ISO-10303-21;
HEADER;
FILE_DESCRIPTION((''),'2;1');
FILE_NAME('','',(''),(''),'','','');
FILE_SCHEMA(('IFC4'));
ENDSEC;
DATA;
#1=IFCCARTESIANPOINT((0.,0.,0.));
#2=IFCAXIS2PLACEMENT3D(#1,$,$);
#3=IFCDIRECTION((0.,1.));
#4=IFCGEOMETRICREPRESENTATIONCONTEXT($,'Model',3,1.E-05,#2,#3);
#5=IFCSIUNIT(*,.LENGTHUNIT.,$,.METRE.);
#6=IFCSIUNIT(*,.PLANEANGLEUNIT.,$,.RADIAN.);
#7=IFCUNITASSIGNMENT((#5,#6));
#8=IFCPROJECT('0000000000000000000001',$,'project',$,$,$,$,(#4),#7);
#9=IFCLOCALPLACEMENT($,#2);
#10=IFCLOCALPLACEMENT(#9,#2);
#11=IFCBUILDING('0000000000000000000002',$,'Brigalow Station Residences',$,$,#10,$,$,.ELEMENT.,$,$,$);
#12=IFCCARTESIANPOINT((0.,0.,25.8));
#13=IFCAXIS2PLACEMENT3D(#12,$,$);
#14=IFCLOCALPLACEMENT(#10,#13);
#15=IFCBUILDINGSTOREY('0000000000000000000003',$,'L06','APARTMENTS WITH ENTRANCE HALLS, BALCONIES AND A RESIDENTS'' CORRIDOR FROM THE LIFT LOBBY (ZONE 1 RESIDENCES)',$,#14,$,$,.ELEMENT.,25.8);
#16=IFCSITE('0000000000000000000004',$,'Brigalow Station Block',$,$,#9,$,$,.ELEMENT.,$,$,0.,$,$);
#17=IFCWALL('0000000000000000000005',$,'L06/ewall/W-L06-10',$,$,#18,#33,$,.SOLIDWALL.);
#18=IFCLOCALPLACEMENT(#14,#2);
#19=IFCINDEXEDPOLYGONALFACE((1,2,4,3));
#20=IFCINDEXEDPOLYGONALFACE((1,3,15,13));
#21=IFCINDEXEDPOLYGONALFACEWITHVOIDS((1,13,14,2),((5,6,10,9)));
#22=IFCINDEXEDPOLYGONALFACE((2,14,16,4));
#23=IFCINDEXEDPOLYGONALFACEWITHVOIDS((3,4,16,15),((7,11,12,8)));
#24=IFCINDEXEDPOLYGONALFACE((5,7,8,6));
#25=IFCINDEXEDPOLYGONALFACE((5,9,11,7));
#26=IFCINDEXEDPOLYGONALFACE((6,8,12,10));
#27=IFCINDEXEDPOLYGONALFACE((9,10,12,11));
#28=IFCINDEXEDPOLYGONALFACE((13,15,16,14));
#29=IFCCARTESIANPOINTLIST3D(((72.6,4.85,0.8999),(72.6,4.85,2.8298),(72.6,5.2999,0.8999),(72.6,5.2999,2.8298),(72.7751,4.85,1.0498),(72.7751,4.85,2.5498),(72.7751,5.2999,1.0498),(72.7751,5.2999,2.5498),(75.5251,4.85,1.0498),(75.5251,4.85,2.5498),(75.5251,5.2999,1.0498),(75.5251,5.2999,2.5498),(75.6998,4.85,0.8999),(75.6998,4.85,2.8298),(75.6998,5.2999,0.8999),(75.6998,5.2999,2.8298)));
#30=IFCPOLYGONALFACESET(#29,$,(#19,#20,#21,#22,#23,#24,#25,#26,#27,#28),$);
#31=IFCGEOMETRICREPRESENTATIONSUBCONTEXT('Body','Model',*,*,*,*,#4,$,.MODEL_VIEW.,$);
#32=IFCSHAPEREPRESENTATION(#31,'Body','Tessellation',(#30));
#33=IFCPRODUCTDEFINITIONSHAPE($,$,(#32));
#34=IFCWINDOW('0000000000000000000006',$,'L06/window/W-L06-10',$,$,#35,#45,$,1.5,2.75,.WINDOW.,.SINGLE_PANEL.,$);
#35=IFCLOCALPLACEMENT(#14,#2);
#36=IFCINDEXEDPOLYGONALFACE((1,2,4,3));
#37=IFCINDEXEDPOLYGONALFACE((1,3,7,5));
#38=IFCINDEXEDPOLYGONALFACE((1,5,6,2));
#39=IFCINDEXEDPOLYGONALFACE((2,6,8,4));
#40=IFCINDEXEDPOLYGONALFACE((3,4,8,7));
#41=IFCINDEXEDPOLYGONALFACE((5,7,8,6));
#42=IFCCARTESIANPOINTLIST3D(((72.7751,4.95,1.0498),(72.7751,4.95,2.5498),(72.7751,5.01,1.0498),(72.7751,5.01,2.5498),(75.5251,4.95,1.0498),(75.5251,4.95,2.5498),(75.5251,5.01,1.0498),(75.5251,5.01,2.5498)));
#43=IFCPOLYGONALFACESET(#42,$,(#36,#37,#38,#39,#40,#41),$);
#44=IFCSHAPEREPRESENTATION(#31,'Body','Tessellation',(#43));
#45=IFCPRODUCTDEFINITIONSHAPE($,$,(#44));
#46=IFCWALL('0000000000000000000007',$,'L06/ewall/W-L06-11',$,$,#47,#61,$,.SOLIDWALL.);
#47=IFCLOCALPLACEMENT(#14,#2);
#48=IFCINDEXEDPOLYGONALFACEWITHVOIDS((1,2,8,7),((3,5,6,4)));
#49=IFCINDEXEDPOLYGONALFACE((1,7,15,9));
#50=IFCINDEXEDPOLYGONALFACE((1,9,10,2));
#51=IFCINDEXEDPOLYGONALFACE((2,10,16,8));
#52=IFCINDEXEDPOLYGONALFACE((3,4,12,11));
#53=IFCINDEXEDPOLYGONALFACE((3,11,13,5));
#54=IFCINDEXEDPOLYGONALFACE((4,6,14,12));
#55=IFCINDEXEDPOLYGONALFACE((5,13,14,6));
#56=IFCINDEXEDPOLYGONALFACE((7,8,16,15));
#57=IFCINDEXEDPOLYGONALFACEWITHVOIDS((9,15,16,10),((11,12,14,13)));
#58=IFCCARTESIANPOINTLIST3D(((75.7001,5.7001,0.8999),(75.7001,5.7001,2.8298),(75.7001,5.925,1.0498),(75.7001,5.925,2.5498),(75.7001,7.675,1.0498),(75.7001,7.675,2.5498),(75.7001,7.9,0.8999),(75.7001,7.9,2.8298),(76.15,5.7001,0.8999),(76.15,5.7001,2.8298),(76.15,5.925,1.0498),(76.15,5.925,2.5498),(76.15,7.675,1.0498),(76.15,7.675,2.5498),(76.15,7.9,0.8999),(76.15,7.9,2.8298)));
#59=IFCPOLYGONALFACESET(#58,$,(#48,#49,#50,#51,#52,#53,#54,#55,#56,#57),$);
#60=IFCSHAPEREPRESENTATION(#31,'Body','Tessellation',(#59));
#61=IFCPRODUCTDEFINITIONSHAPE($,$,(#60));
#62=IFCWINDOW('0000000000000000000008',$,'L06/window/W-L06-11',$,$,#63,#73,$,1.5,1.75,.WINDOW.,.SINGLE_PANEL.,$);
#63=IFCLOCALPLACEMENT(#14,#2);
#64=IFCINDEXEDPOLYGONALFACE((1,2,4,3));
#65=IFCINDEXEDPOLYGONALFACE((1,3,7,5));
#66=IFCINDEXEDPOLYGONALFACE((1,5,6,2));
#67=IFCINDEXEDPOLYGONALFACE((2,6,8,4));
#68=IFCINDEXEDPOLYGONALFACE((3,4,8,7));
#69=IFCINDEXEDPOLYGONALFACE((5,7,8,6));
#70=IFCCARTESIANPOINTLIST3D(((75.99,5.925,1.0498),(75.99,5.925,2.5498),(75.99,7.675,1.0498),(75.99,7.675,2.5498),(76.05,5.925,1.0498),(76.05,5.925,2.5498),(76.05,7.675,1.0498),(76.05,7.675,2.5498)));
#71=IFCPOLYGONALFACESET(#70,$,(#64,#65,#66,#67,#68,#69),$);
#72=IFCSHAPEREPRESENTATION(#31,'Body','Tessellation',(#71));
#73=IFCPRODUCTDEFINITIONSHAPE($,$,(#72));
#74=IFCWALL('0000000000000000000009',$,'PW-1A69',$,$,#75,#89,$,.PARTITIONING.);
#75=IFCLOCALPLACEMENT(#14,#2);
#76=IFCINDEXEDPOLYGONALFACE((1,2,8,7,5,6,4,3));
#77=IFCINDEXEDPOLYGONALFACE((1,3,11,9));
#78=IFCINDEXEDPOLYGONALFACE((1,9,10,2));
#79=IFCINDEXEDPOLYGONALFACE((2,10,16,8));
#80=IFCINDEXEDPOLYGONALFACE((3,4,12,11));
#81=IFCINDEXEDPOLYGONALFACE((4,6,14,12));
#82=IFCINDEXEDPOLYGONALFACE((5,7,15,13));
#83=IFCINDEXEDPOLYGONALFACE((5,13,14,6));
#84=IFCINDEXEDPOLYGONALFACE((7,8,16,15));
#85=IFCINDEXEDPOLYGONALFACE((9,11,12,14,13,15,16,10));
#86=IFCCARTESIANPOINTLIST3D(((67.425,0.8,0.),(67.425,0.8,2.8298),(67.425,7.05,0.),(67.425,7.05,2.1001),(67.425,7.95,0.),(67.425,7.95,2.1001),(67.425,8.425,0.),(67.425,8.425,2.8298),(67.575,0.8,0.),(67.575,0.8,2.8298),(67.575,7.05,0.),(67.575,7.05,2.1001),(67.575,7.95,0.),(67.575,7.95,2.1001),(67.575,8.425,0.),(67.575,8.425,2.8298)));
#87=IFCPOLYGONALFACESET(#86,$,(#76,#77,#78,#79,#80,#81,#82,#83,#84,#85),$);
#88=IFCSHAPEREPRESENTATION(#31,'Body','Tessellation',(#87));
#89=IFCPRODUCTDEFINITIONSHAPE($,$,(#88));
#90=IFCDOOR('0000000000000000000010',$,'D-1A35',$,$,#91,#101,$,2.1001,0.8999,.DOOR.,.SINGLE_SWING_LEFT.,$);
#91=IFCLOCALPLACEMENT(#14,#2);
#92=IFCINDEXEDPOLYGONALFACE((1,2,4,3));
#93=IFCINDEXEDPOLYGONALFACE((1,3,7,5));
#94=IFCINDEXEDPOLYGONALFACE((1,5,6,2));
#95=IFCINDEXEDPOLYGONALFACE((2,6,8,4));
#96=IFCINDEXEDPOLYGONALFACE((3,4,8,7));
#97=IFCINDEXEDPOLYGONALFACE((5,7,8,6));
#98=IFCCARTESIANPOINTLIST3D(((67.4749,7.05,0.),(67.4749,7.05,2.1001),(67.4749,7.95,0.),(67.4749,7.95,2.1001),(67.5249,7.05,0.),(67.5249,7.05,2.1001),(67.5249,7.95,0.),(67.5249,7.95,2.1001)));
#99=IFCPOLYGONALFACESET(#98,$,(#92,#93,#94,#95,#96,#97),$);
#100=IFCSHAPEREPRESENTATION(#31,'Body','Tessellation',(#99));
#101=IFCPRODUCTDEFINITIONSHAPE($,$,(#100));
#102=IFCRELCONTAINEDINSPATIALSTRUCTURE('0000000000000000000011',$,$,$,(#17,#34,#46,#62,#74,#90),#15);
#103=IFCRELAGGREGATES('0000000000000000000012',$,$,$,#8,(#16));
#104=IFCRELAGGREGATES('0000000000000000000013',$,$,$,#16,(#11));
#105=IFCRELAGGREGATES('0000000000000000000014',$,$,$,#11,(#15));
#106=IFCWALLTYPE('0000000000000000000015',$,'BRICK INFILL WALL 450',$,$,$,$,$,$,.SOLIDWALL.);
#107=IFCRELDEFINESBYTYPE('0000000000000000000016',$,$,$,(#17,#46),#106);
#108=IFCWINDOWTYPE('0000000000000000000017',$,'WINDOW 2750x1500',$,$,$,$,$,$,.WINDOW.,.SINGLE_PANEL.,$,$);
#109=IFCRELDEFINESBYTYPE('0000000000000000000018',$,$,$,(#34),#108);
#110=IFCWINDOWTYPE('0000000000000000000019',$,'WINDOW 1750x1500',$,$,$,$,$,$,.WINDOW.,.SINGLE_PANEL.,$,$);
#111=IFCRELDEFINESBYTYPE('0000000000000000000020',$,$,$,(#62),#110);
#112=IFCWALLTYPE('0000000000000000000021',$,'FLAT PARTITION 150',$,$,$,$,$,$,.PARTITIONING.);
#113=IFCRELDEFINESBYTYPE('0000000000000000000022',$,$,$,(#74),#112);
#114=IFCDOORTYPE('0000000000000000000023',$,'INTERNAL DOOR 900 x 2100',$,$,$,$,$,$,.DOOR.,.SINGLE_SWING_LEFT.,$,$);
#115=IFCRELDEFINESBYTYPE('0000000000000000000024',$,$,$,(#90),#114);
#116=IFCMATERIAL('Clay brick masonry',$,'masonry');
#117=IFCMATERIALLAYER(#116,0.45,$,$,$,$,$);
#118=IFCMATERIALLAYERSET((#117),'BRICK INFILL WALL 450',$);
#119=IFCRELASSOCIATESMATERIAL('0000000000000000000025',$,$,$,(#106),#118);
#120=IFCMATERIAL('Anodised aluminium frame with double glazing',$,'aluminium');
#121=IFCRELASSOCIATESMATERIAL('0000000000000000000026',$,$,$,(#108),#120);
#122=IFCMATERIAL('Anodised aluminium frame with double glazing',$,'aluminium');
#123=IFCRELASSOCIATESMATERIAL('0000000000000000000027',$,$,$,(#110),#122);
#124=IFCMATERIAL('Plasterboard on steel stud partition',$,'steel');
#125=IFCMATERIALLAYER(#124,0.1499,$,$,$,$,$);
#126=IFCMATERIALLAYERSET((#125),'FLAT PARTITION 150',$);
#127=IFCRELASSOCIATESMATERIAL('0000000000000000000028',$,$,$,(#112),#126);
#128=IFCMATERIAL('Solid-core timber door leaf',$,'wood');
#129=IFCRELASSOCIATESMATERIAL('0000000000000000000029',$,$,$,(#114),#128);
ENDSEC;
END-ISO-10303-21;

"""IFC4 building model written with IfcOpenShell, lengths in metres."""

from ifc_helpers import new_model, si_unit, direction, frame, frame_2d, origin, place, context, subcontext, project, spatial, rectangle, extrude, material, layer, layer_set, type_object, element, fill, save


model = new_model("IFC4")

# Units and contexts
model_context = context("Model", 3, precision=1e-05, world=origin(), true_north=direction((0.0, 1.0)))
body_context = subcontext(model_context, "Body", "Model", "MODEL_VIEW")
ifc_project = project(units=[si_unit("LENGTHUNIT", "METRE"), si_unit("PLANEANGLEUNIT", "RADIAN")], contexts=[model_context])

# Site, building, storey
site_placement = place(None, origin())
site = spatial("IfcSite", under=ifc_project, at=site_placement, Name="Brigalow Station Block", CompositionType="ELEMENT", RefElevation=0.0)
building_placement = place(site_placement, origin())
building = spatial("IfcBuilding", under=site, at=building_placement, Name="Brigalow Station Residences", CompositionType="ELEMENT")
storey_placement = place(building_placement, frame((0.0, 0.0, 25.8)))
storey = spatial("IfcBuildingStorey", under=building, at=storey_placement, Name="L06", Description="APARTMENTS WITH ENTRANCE HALLS, BALCONIES AND A RESIDENTS' CORRIDOR FROM THE LIFT LOBBY (ZONE 1 RESIDENCES)", CompositionType="ELEMENT", Elevation=25.8)

# Walls, openings, windows
ifc_material_1 = material(Name="Clay brick masonry", Category="masonry")
ifc_layer_1 = layer(ifc_material_1, 0.45)
ifc_layer_set_1 = layer_set([ifc_layer_1], Name="BRICK INFILL WALL 450")
wall_type_1 = type_object("IfcWallType", Name="BRICK INFILL WALL 450", PredefinedType="SOLIDWALL", material=ifc_layer_set_1)
wall_1_placement = place(storey_placement, frame((72.6001, 5.075, 0.8999), z_axis=(0.0, 0.0, 1.0), x_axis=(1.0, 0.0, 0.0)))
wall_1 = element("IfcWall", 1, at=wall_1_placement, inside=storey, type_object=wall_type_1, Name="L06/ewall/W-L06-10", PredefinedType="SOLIDWALL", context=body_context, shape_type="SweptSolid", body=[
    extrude(rectangle(XDim=3.0999, YDim=0.45, at=frame_2d((1.5498, 0.0))), origin(), (0.0, 0.0, 1.0), 1.9299),
])
opening_1_placement = place(wall_1_placement, frame((0.175, 0.0, 0.1499)))
opening_1 = element("IfcOpeningElement", 2, at=opening_1_placement, cuts=wall_1, PredefinedType="OPENING", context=body_context, shape_type="SweptSolid", body=[
    extrude(rectangle(XDim=2.75, YDim=1.5, at=frame_2d((1.375, 0.75))), frame((0.0, 0.2349, 0.0), z_axis=(0.0, -1.0, 0.0), x_axis=(1.0, 0.0, 0.0)), (0.0, 0.0, 1.0), 0.47),
])
ifc_material_2 = material(Name="Anodised aluminium frame with double glazing", Category="aluminium")
window_type_1 = type_object("IfcWindowType", Name="WINDOW 2750x1500", PartitioningType="SINGLE_PANEL", PredefinedType="WINDOW", material=ifc_material_2)
window_1_placement = place(opening_1_placement, origin())
window_1 = element("IfcWindow", 3, at=window_1_placement, inside=storey, type_object=window_type_1, Name="L06/window/W-L06-10", OverallHeight=1.5, OverallWidth=2.75, PartitioningType="SINGLE_PANEL", PredefinedType="WINDOW", context=body_context, shape_type="SweptSolid", body=[
    extrude(rectangle(XDim=2.75, YDim=1.5, at=frame_2d((1.375, 0.75))), frame((0.0, -0.0649, 0.0), z_axis=(0.0, -1.0, 0.0), x_axis=(1.0, 0.0, 0.0)), (0.0, 0.0, 1.0), 0.0601),
])
fill(opening_1, window_1)
wall_2_placement = place(storey_placement, frame((75.925, 5.7, 0.8999), z_axis=(0.0, 0.0, 1.0), x_axis=(0.0, 1.0, 0.0)))
wall_2 = element("IfcWall", 4, at=wall_2_placement, inside=storey, type_object=wall_type_1, Name="L06/ewall/W-L06-11", PredefinedType="SOLIDWALL", context=body_context, shape_type="SweptSolid", body=[
    extrude(rectangle(XDim=2.2, YDim=0.45, at=frame_2d((1.1001, 0.0))), origin(), (0.0, 0.0, 1.0), 1.9299),
])
opening_2_placement = place(wall_2_placement, frame((0.2251, 0.0, 0.1499)))
opening_2 = element("IfcOpeningElement", 5, at=opening_2_placement, cuts=wall_2, PredefinedType="OPENING", context=body_context, shape_type="SweptSolid", body=[
    extrude(rectangle(XDim=1.75, YDim=1.5, at=frame_2d((0.875, 0.75))), frame((0.0, 0.2349, 0.0), z_axis=(0.0, -1.0, 0.0), x_axis=(1.0, 0.0, 0.0)), (0.0, 0.0, 1.0), 0.47),
])
ifc_material_3 = material(Name="Anodised aluminium frame with double glazing", Category="aluminium")
window_type_2 = type_object("IfcWindowType", Name="WINDOW 1750x1500", PartitioningType="SINGLE_PANEL", PredefinedType="WINDOW", material=ifc_material_3)
window_2_placement = place(opening_2_placement, origin())
window_2 = element("IfcWindow", 6, at=window_2_placement, inside=storey, type_object=window_type_2, Name="L06/window/W-L06-11", OverallHeight=1.5, OverallWidth=1.75, PartitioningType="SINGLE_PANEL", PredefinedType="WINDOW", context=body_context, shape_type="SweptSolid", body=[
    extrude(rectangle(XDim=1.75, YDim=1.5, at=frame_2d((0.875, 0.75))), frame((0.0, -0.0649, 0.0), z_axis=(0.0, -1.0, 0.0), x_axis=(1.0, 0.0, 0.0)), (0.0, 0.0, 1.0), 0.0601),
])
fill(opening_2, window_2)

# Wall, opening, door
ifc_material_4 = material(Name="Plasterboard on steel stud partition", Category="steel")
ifc_layer_2 = layer(ifc_material_4, 0.1499)
ifc_layer_set_2 = layer_set([ifc_layer_2], Name="FLAT PARTITION 150")
wall_type_2 = type_object("IfcWallType", Name="FLAT PARTITION 150", PredefinedType="PARTITIONING", material=ifc_layer_set_2)
wall_3_placement = place(storey_placement, frame((67.5, 0.8, 0.0), z_axis=(0.0, 0.0, 1.0), x_axis=(0.0, 1.0, 0.0)))
wall_3 = element("IfcWall", 7, at=wall_3_placement, inside=storey, type_object=wall_type_2, Name="PW-1A69", PredefinedType="PARTITIONING", context=body_context, shape_type="SweptSolid", body=[
    extrude(rectangle(XDim=7.625, YDim=0.1499, at=frame_2d((3.8125, 0.0))), origin(), (0.0, 0.0, 1.0), 2.8298),
])
opening_3_placement = place(wall_3_placement, frame((6.25, 0.0, 0.0)))
opening_3 = element("IfcOpeningElement", 8, at=opening_3_placement, cuts=wall_3, PredefinedType="OPENING", context=body_context, shape_type="SweptSolid", body=[
    extrude(rectangle(XDim=0.8999, YDim=2.1001, at=frame_2d((0.45, 1.05))), frame((0.0, 0.085, 0.0), z_axis=(0.0, -1.0, 0.0), x_axis=(1.0, 0.0, 0.0)), (0.0, 0.0, 1.0), 0.1699),
])
ifc_material_5 = material(Name="Solid-core timber door leaf", Category="wood")
door_type = type_object("IfcDoorType", Name="INTERNAL DOOR 900 x 2100", OperationType="SINGLE_SWING_LEFT", PredefinedType="DOOR", material=ifc_material_5)
door_placement = place(opening_3_placement, frame((0.8999, 0.0, 0.0), z_axis=(0.0, 0.0, 1.0), x_axis=(-1.0, 0.0, 0.0)))
door = element("IfcDoor", 9, at=door_placement, inside=storey, type_object=door_type, Name="D-1A35", OperationType="SINGLE_SWING_LEFT", OverallHeight=2.1001, OverallWidth=0.8999, PredefinedType="DOOR", context=body_context, shape_type="SweptSolid", body=[
    extrude(rectangle(XDim=0.8999, YDim=2.1001, at=frame_2d((0.45, 1.05))), frame((0.0, 0.0249, 0.0), z_axis=(0.0, -1.0, 0.0), x_axis=(1.0, 0.0, 0.0)), (0.0, 0.0, 1.0), 0.05),
])
fill(opening_3, door)

save(model, "model.ifc")
